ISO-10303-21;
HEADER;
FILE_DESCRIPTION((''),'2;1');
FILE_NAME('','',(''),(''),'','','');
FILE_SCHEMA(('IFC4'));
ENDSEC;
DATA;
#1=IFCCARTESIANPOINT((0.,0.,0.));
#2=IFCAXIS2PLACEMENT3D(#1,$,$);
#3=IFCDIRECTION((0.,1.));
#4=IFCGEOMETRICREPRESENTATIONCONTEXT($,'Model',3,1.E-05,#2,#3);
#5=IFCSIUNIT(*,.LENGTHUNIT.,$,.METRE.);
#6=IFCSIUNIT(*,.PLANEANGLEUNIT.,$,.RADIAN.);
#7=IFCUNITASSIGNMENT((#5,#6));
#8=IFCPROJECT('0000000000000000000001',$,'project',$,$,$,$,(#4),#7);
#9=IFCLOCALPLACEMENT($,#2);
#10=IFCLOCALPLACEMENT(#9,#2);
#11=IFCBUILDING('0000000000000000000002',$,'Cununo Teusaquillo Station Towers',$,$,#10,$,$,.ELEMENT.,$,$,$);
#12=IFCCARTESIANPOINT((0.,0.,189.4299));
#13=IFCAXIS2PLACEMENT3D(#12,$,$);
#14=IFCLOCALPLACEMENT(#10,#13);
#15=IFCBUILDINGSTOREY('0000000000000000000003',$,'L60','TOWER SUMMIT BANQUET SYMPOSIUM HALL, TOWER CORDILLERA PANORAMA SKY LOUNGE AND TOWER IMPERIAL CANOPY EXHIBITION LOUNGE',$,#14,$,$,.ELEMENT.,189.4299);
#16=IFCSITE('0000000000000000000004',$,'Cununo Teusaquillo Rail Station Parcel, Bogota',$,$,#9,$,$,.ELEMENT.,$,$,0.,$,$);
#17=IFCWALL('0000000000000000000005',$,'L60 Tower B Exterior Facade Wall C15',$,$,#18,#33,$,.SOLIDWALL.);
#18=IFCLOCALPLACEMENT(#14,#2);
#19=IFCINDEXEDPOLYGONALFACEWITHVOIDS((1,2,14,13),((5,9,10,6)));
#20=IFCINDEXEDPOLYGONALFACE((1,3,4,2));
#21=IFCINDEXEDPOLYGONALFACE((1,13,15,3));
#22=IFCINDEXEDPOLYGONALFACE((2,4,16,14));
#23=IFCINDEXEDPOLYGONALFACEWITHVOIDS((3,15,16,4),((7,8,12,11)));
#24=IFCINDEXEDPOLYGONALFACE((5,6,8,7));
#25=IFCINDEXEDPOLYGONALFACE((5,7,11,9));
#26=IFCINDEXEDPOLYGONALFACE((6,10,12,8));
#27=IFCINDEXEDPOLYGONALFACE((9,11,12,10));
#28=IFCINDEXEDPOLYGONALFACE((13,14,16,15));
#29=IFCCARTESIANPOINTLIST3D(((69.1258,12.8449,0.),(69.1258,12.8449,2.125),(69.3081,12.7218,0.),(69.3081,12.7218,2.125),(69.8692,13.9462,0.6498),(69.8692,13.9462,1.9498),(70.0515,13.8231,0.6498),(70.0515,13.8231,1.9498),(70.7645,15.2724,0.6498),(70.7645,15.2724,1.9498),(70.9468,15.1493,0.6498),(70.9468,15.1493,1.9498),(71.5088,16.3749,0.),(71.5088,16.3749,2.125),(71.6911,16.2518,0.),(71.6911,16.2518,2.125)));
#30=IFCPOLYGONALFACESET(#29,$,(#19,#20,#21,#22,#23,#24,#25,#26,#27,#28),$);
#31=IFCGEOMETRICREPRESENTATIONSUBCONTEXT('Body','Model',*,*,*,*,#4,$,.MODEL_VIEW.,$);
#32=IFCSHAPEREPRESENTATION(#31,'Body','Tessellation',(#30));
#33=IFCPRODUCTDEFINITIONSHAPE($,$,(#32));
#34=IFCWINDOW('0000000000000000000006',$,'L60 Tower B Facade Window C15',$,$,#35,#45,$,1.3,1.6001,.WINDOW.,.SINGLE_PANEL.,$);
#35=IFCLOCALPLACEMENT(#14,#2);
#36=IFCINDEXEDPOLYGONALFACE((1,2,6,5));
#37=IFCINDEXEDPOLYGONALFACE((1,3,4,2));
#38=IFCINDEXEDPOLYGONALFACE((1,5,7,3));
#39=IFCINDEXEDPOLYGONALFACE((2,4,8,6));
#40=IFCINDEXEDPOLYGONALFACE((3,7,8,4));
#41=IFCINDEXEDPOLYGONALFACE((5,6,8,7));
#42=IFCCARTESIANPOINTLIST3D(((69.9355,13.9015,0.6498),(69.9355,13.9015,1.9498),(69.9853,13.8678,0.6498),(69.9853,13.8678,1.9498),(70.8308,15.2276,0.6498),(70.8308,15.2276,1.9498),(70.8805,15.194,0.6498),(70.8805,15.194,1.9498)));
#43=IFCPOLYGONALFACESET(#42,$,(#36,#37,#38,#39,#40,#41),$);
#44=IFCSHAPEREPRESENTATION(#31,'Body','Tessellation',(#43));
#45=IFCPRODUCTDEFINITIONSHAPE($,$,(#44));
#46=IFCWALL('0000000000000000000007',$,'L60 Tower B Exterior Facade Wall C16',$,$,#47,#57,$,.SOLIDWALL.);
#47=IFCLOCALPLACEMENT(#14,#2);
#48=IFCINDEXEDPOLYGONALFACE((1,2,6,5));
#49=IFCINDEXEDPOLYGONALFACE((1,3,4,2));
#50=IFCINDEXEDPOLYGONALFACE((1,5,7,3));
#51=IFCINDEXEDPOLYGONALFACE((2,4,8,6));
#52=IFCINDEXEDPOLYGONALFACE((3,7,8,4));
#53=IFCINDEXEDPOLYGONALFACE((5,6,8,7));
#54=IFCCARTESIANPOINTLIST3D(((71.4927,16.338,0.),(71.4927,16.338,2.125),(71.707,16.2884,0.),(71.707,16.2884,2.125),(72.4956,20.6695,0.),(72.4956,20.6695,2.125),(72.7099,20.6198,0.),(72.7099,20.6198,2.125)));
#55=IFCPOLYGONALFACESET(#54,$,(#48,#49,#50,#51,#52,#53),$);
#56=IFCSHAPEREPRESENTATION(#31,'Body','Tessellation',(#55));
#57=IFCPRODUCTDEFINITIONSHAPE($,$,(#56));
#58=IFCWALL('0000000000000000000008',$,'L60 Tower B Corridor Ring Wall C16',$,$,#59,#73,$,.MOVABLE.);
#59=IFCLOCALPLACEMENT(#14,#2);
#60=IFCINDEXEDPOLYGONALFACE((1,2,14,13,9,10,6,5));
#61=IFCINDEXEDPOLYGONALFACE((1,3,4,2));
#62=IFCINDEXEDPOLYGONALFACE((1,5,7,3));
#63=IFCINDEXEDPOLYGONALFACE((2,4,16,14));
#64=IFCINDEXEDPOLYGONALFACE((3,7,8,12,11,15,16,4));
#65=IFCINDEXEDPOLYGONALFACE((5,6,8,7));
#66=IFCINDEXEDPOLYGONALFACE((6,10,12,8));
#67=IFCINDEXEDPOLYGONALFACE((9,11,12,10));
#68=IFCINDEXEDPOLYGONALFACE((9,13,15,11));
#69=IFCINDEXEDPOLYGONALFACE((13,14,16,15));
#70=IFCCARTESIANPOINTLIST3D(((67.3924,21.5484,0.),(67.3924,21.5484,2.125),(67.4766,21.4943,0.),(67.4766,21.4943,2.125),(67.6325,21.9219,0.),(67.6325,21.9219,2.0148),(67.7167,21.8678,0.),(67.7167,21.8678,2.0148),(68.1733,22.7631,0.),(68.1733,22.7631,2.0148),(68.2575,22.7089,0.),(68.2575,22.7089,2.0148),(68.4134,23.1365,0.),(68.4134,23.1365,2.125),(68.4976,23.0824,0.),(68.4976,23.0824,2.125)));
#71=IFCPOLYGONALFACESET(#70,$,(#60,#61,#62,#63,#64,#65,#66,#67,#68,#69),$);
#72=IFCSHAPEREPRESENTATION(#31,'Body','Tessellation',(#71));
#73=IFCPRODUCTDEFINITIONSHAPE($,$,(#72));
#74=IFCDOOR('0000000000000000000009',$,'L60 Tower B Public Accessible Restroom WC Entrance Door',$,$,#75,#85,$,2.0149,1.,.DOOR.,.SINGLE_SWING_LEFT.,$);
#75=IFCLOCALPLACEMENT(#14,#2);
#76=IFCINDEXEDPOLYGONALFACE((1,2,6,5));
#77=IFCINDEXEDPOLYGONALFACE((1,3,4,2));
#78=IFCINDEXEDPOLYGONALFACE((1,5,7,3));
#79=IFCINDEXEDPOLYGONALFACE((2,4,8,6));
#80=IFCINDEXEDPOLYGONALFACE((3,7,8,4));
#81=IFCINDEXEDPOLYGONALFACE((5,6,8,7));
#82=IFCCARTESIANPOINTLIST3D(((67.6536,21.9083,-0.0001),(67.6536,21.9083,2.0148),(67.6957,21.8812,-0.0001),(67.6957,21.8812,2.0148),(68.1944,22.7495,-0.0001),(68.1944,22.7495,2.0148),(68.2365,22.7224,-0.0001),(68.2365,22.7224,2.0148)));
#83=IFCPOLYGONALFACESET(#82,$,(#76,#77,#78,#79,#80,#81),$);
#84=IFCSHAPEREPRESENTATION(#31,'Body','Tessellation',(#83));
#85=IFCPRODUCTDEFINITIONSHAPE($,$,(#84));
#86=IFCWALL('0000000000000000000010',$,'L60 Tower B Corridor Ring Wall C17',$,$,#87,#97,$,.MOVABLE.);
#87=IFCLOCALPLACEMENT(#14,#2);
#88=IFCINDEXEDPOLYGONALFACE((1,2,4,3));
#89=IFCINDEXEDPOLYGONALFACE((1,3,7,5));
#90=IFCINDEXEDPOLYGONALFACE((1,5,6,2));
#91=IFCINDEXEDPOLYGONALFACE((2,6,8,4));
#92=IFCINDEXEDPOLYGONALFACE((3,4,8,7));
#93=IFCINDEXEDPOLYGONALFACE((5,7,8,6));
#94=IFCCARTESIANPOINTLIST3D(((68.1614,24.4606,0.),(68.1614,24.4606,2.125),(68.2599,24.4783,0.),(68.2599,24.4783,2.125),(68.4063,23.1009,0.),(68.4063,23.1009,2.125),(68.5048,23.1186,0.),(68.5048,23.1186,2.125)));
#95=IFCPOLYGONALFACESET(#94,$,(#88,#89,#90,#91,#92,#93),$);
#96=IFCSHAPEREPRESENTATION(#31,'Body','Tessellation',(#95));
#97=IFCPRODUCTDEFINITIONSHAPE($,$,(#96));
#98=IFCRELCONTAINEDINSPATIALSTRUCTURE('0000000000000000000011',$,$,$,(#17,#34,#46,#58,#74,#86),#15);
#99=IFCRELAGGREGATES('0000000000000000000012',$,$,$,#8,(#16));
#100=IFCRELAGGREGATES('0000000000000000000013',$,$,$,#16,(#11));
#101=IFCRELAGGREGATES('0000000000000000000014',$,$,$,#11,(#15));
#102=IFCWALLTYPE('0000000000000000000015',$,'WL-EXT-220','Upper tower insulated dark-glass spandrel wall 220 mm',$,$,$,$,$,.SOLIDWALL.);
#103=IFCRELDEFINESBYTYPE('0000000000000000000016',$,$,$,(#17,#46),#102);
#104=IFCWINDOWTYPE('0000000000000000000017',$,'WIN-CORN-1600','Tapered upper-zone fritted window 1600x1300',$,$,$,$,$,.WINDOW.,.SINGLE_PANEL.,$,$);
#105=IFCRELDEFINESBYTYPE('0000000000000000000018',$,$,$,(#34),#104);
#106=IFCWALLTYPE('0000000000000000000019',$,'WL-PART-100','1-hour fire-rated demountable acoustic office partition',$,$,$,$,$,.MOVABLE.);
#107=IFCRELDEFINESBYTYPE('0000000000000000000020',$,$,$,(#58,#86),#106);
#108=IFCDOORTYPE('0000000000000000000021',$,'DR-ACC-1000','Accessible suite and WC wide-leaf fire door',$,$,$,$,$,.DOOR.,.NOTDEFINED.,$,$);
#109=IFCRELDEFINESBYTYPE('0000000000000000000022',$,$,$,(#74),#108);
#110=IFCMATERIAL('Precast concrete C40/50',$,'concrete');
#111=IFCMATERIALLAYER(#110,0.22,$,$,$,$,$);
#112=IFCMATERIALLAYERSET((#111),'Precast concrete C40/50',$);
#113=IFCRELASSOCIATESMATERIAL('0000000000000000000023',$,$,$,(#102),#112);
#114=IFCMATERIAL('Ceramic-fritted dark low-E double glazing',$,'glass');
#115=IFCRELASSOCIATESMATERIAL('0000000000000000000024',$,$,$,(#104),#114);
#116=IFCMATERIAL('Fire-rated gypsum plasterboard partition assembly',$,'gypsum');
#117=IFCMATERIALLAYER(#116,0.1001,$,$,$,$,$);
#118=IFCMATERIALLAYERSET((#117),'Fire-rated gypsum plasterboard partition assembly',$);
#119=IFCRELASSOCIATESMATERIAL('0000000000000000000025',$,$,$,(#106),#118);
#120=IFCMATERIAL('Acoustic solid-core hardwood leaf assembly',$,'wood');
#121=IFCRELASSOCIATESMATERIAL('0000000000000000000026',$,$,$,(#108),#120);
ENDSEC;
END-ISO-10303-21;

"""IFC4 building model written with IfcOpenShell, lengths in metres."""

from ifc_helpers import new_model, si_unit, direction, frame, frame_2d, origin, place, context, subcontext, project, spatial, rectangle, extrude, source, transform, mapped, material, layer, layer_set, type_object, element, fill, save


model = new_model("IFC4")

# Units and contexts
model_context = context("Model", 3, precision=1e-05, world=origin(), true_north=direction((0.0, 1.0)))
body_context = subcontext(model_context, "Body", "Model", "MODEL_VIEW")
ifc_project = project(units=[si_unit("LENGTHUNIT", "METRE"), si_unit("PLANEANGLEUNIT", "RADIAN")], contexts=[model_context])

# Site, building, storey
site_placement = place(None, origin())
site = spatial("IfcSite", under=ifc_project, at=site_placement, Name="Cununo Teusaquillo Rail Station Parcel, Bogota", CompositionType="ELEMENT", RefElevation=0.0)
building_placement = place(site_placement, origin())
building = spatial("IfcBuilding", under=site, at=building_placement, Name="Cununo Teusaquillo Station Towers", CompositionType="ELEMENT")
storey_placement = place(building_placement, frame((0.0, 0.0, 189.4299)))
storey = spatial("IfcBuildingStorey", under=building, at=storey_placement, Name="L60", Description="TOWER SUMMIT BANQUET SYMPOSIUM HALL, TOWER CORDILLERA PANORAMA SKY LOUNGE AND TOWER IMPERIAL CANOPY EXHIBITION LOUNGE", CompositionType="ELEMENT", Elevation=189.4299)

# Shared definitions
ifc_material_1 = material(Name="Precast concrete C40/50", Category="concrete")
ifc_layer_1 = layer(ifc_material_1, 0.22)
ifc_layer_set_1 = layer_set([ifc_layer_1], Name="Precast concrete C40/50")
wall_type_1 = type_object("IfcWallType", Name="WL-EXT-220", Description="Upper tower insulated dark-glass spandrel wall 220 mm", PredefinedType="SOLIDWALL", material=ifc_layer_set_1)
shared_shape_1 = source(origin(), body_context, "Body", "SweptSolid", [
    extrude(rectangle(XDim=1.6001, YDim=1.3, at=frame_2d((0.8, 0.6499))), frame((0.0, 0.1199, 0.0), z_axis=(0.0, -1.0, 0.0), x_axis=(1.0, 0.0, 0.0)), (0.0, 0.0, 1.0), 0.24),
])
ifc_material_2 = material(Name="Ceramic-fritted dark low-E double glazing", Category="glass")
window_type = type_object("IfcWindowType", Name="WIN-CORN-1600", Description="Tapered upper-zone fritted window 1600x1300", PartitioningType="SINGLE_PANEL", PredefinedType="WINDOW", material=ifc_material_2)
shared_shape_2 = source(origin(), body_context, "Body", "SweptSolid", [
    extrude(rectangle(XDim=1.6001, YDim=1.3, at=frame_2d((0.8, 0.6499))), frame((0.0, 0.03, 0.0), z_axis=(0.0, -1.0, 0.0), x_axis=(1.0, 0.0, 0.0)), (0.0, 0.0, 1.0), 0.0601),
])

# Wall, opening, window
wall_1_placement = place(storey_placement, frame((71.5999, 16.3132, 0.0), z_axis=(0.0, 0.0, 1.0), x_axis=(-0.559519, -0.828817, 0.0)))
wall_1 = element("IfcWall", 1, at=wall_1_placement, inside=storey, type_object=wall_type_1, Name="L60 Tower B Exterior Facade Wall C15", PredefinedType="SOLIDWALL", context=body_context, shape_type="SweptSolid", body=[
    extrude(rectangle(XDim=4.259, YDim=0.22, at=frame_2d((2.1294, 0.0))), origin(), (0.0, 0.0, 1.0), 2.125),
])
opening_1_placement = place(wall_1_placement, frame((1.3301, 0.0, 0.6499)))
opening_1 = element("IfcOpeningElement", 2, at=opening_1_placement, cuts=wall_1, PredefinedType="OPENING", context=body_context, shape_type="MappedRepresentation", body=[
    mapped(shared_shape_1, transform((0.0, 0.0, 0.0), x_axis=(1.0, 0.0, 0.0), y_axis=(0.0, 1.0, 0.0), z_axis=(0.0, 0.0, 1.0), scale=1.0)),
])
window_1_placement = place(opening_1_placement, origin())
window_1 = element("IfcWindow", 3, at=window_1_placement, inside=storey, type_object=window_type, Name="L60 Tower B Facade Window C15", OverallHeight=1.3, OverallWidth=1.6001, PartitioningType="SINGLE_PANEL", PredefinedType="WINDOW", context=body_context, shape_type="MappedRepresentation", body=[
    mapped(shared_shape_2, transform((0.0, 0.0, 0.0), x_axis=(1.0, 0.0, 0.0), y_axis=(0.0, 1.0, 0.0), z_axis=(0.0, 0.0, 1.0), scale=1.0)),
])
fill(opening_1, window_1)

# Wall
wall_2_placement = place(storey_placement, frame((72.6028, 20.6448, 0.0), z_axis=(0.0, 0.0, 1.0), x_axis=(-0.225573, -0.974226, 0.0)))
element("IfcWall", 4, at=wall_2_placement, inside=storey, type_object=wall_type_1, Name="L60 Tower B Exterior Facade Wall C16", PredefinedType="SOLIDWALL", context=body_context, shape_type="SweptSolid", body=[
    extrude(rectangle(XDim=4.446, YDim=0.22, at=frame_2d((2.2231, 0.0))), origin(), (0.0, 0.0, 1.0), 2.125),
])

# Wall, opening, door
ifc_material_3 = material(Name="Fire-rated gypsum plasterboard partition assembly", Category="gypsum")
ifc_layer_2 = layer(ifc_material_3, 0.1001)
ifc_layer_set_2 = layer_set([ifc_layer_2], Name="Fire-rated gypsum plasterboard partition assembly")
wall_type_2 = type_object("IfcWallType", Name="WL-PART-100", Description="1-hour fire-rated demountable acoustic office partition", PredefinedType="MOVABLE", material=ifc_layer_set_2)
wall_3_placement = place(storey_placement, frame((67.4346, 21.5215, 0.0), z_axis=(0.0, 0.0, 1.0), x_axis=(0.540777, 0.841166, 0.0)))
wall_3 = element("IfcWall", 5, at=wall_3_placement, inside=storey, type_object=wall_type_2, Name="L60 Tower B Corridor Ring Wall C16", PredefinedType="MOVABLE", context=body_context, shape_type="SweptSolid", body=[
    extrude(rectangle(XDim=1.8879, YDim=0.1001, at=frame_2d((0.9438, 0.0))), origin(), (0.0, 0.0, 1.0), 2.125),
])
shared_shape_3 = source(origin(), body_context, "Body", "SweptSolid", [
    extrude(rectangle(XDim=1.0, YDim=2.0149, at=frame_2d((0.5, 1.0073))), frame((0.0, 0.0601, 0.0), z_axis=(0.0, -1.0, 0.0), x_axis=(1.0, 0.0, 0.0)), (0.0, 0.0, 1.0), 0.1201),
])
opening_2_placement = place(wall_3_placement, frame((0.4438, 0.0, 0.0)))
opening_2 = element("IfcOpeningElement", 6, at=opening_2_placement, cuts=wall_3, PredefinedType="OPENING", context=body_context, shape_type="MappedRepresentation", body=[
    mapped(shared_shape_3, transform((0.0, 0.0, 0.0), x_axis=(1.0, 0.0, 0.0), y_axis=(0.0, 1.0, 0.0), z_axis=(0.0, 0.0, 1.0), scale=1.0)),
])
ifc_material_4 = material(Name="Acoustic solid-core hardwood leaf assembly", Category="wood")
door_type_1 = type_object("IfcDoorType", Name="DR-ACC-1000", Description="Accessible suite and WC wide-leaf fire door", OperationType="NOTDEFINED", PredefinedType="DOOR", material=ifc_material_4)
shared_shape_4 = source(origin(), body_context, "Body", "SweptSolid", [
    extrude(rectangle(XDim=1.0, YDim=2.0149, at=frame_2d((0.5, 1.0073))), frame((0.0, 0.0249, 0.0), z_axis=(0.0, -1.0, 0.0), x_axis=(1.0, 0.0, 0.0)), (0.0, 0.0, 1.0), 0.05),
])
door_1_placement = place(opening_2_placement, origin())
door_1 = element("IfcDoor", 7, at=door_1_placement, inside=storey, type_object=door_type_1, Name="L60 Tower B Public Accessible Restroom WC Entrance Door", OperationType="SINGLE_SWING_LEFT", OverallHeight=2.0149, OverallWidth=1.0, PredefinedType="DOOR", context=body_context, shape_type="MappedRepresentation", body=[
    mapped(shared_shape_4, transform((0.0, 0.0, 0.0), x_axis=(1.0, 0.0, 0.0), y_axis=(0.0, 1.0, 0.0), z_axis=(0.0, 0.0, 1.0), scale=1.0)),
])
fill(opening_2, door_1)

# Wall
wall_4_placement = place(storey_placement, frame((68.4556, 23.1096, 0.0), z_axis=(0.0, 0.0, 1.0), x_axis=(-0.177252, 0.984165, 0.0)))
element("IfcWall", 8, at=wall_4_placement, inside=storey, type_object=wall_type_2, Name="L60 Tower B Corridor Ring Wall C17", PredefinedType="MOVABLE", context=body_context, shape_type="SweptSolid", body=[
    extrude(rectangle(XDim=1.3816, YDim=0.1001, at=frame_2d((0.6909, 0.0))), origin(), (0.0, 0.0, 1.0), 2.125),
])

save(model, "model.ifc")
